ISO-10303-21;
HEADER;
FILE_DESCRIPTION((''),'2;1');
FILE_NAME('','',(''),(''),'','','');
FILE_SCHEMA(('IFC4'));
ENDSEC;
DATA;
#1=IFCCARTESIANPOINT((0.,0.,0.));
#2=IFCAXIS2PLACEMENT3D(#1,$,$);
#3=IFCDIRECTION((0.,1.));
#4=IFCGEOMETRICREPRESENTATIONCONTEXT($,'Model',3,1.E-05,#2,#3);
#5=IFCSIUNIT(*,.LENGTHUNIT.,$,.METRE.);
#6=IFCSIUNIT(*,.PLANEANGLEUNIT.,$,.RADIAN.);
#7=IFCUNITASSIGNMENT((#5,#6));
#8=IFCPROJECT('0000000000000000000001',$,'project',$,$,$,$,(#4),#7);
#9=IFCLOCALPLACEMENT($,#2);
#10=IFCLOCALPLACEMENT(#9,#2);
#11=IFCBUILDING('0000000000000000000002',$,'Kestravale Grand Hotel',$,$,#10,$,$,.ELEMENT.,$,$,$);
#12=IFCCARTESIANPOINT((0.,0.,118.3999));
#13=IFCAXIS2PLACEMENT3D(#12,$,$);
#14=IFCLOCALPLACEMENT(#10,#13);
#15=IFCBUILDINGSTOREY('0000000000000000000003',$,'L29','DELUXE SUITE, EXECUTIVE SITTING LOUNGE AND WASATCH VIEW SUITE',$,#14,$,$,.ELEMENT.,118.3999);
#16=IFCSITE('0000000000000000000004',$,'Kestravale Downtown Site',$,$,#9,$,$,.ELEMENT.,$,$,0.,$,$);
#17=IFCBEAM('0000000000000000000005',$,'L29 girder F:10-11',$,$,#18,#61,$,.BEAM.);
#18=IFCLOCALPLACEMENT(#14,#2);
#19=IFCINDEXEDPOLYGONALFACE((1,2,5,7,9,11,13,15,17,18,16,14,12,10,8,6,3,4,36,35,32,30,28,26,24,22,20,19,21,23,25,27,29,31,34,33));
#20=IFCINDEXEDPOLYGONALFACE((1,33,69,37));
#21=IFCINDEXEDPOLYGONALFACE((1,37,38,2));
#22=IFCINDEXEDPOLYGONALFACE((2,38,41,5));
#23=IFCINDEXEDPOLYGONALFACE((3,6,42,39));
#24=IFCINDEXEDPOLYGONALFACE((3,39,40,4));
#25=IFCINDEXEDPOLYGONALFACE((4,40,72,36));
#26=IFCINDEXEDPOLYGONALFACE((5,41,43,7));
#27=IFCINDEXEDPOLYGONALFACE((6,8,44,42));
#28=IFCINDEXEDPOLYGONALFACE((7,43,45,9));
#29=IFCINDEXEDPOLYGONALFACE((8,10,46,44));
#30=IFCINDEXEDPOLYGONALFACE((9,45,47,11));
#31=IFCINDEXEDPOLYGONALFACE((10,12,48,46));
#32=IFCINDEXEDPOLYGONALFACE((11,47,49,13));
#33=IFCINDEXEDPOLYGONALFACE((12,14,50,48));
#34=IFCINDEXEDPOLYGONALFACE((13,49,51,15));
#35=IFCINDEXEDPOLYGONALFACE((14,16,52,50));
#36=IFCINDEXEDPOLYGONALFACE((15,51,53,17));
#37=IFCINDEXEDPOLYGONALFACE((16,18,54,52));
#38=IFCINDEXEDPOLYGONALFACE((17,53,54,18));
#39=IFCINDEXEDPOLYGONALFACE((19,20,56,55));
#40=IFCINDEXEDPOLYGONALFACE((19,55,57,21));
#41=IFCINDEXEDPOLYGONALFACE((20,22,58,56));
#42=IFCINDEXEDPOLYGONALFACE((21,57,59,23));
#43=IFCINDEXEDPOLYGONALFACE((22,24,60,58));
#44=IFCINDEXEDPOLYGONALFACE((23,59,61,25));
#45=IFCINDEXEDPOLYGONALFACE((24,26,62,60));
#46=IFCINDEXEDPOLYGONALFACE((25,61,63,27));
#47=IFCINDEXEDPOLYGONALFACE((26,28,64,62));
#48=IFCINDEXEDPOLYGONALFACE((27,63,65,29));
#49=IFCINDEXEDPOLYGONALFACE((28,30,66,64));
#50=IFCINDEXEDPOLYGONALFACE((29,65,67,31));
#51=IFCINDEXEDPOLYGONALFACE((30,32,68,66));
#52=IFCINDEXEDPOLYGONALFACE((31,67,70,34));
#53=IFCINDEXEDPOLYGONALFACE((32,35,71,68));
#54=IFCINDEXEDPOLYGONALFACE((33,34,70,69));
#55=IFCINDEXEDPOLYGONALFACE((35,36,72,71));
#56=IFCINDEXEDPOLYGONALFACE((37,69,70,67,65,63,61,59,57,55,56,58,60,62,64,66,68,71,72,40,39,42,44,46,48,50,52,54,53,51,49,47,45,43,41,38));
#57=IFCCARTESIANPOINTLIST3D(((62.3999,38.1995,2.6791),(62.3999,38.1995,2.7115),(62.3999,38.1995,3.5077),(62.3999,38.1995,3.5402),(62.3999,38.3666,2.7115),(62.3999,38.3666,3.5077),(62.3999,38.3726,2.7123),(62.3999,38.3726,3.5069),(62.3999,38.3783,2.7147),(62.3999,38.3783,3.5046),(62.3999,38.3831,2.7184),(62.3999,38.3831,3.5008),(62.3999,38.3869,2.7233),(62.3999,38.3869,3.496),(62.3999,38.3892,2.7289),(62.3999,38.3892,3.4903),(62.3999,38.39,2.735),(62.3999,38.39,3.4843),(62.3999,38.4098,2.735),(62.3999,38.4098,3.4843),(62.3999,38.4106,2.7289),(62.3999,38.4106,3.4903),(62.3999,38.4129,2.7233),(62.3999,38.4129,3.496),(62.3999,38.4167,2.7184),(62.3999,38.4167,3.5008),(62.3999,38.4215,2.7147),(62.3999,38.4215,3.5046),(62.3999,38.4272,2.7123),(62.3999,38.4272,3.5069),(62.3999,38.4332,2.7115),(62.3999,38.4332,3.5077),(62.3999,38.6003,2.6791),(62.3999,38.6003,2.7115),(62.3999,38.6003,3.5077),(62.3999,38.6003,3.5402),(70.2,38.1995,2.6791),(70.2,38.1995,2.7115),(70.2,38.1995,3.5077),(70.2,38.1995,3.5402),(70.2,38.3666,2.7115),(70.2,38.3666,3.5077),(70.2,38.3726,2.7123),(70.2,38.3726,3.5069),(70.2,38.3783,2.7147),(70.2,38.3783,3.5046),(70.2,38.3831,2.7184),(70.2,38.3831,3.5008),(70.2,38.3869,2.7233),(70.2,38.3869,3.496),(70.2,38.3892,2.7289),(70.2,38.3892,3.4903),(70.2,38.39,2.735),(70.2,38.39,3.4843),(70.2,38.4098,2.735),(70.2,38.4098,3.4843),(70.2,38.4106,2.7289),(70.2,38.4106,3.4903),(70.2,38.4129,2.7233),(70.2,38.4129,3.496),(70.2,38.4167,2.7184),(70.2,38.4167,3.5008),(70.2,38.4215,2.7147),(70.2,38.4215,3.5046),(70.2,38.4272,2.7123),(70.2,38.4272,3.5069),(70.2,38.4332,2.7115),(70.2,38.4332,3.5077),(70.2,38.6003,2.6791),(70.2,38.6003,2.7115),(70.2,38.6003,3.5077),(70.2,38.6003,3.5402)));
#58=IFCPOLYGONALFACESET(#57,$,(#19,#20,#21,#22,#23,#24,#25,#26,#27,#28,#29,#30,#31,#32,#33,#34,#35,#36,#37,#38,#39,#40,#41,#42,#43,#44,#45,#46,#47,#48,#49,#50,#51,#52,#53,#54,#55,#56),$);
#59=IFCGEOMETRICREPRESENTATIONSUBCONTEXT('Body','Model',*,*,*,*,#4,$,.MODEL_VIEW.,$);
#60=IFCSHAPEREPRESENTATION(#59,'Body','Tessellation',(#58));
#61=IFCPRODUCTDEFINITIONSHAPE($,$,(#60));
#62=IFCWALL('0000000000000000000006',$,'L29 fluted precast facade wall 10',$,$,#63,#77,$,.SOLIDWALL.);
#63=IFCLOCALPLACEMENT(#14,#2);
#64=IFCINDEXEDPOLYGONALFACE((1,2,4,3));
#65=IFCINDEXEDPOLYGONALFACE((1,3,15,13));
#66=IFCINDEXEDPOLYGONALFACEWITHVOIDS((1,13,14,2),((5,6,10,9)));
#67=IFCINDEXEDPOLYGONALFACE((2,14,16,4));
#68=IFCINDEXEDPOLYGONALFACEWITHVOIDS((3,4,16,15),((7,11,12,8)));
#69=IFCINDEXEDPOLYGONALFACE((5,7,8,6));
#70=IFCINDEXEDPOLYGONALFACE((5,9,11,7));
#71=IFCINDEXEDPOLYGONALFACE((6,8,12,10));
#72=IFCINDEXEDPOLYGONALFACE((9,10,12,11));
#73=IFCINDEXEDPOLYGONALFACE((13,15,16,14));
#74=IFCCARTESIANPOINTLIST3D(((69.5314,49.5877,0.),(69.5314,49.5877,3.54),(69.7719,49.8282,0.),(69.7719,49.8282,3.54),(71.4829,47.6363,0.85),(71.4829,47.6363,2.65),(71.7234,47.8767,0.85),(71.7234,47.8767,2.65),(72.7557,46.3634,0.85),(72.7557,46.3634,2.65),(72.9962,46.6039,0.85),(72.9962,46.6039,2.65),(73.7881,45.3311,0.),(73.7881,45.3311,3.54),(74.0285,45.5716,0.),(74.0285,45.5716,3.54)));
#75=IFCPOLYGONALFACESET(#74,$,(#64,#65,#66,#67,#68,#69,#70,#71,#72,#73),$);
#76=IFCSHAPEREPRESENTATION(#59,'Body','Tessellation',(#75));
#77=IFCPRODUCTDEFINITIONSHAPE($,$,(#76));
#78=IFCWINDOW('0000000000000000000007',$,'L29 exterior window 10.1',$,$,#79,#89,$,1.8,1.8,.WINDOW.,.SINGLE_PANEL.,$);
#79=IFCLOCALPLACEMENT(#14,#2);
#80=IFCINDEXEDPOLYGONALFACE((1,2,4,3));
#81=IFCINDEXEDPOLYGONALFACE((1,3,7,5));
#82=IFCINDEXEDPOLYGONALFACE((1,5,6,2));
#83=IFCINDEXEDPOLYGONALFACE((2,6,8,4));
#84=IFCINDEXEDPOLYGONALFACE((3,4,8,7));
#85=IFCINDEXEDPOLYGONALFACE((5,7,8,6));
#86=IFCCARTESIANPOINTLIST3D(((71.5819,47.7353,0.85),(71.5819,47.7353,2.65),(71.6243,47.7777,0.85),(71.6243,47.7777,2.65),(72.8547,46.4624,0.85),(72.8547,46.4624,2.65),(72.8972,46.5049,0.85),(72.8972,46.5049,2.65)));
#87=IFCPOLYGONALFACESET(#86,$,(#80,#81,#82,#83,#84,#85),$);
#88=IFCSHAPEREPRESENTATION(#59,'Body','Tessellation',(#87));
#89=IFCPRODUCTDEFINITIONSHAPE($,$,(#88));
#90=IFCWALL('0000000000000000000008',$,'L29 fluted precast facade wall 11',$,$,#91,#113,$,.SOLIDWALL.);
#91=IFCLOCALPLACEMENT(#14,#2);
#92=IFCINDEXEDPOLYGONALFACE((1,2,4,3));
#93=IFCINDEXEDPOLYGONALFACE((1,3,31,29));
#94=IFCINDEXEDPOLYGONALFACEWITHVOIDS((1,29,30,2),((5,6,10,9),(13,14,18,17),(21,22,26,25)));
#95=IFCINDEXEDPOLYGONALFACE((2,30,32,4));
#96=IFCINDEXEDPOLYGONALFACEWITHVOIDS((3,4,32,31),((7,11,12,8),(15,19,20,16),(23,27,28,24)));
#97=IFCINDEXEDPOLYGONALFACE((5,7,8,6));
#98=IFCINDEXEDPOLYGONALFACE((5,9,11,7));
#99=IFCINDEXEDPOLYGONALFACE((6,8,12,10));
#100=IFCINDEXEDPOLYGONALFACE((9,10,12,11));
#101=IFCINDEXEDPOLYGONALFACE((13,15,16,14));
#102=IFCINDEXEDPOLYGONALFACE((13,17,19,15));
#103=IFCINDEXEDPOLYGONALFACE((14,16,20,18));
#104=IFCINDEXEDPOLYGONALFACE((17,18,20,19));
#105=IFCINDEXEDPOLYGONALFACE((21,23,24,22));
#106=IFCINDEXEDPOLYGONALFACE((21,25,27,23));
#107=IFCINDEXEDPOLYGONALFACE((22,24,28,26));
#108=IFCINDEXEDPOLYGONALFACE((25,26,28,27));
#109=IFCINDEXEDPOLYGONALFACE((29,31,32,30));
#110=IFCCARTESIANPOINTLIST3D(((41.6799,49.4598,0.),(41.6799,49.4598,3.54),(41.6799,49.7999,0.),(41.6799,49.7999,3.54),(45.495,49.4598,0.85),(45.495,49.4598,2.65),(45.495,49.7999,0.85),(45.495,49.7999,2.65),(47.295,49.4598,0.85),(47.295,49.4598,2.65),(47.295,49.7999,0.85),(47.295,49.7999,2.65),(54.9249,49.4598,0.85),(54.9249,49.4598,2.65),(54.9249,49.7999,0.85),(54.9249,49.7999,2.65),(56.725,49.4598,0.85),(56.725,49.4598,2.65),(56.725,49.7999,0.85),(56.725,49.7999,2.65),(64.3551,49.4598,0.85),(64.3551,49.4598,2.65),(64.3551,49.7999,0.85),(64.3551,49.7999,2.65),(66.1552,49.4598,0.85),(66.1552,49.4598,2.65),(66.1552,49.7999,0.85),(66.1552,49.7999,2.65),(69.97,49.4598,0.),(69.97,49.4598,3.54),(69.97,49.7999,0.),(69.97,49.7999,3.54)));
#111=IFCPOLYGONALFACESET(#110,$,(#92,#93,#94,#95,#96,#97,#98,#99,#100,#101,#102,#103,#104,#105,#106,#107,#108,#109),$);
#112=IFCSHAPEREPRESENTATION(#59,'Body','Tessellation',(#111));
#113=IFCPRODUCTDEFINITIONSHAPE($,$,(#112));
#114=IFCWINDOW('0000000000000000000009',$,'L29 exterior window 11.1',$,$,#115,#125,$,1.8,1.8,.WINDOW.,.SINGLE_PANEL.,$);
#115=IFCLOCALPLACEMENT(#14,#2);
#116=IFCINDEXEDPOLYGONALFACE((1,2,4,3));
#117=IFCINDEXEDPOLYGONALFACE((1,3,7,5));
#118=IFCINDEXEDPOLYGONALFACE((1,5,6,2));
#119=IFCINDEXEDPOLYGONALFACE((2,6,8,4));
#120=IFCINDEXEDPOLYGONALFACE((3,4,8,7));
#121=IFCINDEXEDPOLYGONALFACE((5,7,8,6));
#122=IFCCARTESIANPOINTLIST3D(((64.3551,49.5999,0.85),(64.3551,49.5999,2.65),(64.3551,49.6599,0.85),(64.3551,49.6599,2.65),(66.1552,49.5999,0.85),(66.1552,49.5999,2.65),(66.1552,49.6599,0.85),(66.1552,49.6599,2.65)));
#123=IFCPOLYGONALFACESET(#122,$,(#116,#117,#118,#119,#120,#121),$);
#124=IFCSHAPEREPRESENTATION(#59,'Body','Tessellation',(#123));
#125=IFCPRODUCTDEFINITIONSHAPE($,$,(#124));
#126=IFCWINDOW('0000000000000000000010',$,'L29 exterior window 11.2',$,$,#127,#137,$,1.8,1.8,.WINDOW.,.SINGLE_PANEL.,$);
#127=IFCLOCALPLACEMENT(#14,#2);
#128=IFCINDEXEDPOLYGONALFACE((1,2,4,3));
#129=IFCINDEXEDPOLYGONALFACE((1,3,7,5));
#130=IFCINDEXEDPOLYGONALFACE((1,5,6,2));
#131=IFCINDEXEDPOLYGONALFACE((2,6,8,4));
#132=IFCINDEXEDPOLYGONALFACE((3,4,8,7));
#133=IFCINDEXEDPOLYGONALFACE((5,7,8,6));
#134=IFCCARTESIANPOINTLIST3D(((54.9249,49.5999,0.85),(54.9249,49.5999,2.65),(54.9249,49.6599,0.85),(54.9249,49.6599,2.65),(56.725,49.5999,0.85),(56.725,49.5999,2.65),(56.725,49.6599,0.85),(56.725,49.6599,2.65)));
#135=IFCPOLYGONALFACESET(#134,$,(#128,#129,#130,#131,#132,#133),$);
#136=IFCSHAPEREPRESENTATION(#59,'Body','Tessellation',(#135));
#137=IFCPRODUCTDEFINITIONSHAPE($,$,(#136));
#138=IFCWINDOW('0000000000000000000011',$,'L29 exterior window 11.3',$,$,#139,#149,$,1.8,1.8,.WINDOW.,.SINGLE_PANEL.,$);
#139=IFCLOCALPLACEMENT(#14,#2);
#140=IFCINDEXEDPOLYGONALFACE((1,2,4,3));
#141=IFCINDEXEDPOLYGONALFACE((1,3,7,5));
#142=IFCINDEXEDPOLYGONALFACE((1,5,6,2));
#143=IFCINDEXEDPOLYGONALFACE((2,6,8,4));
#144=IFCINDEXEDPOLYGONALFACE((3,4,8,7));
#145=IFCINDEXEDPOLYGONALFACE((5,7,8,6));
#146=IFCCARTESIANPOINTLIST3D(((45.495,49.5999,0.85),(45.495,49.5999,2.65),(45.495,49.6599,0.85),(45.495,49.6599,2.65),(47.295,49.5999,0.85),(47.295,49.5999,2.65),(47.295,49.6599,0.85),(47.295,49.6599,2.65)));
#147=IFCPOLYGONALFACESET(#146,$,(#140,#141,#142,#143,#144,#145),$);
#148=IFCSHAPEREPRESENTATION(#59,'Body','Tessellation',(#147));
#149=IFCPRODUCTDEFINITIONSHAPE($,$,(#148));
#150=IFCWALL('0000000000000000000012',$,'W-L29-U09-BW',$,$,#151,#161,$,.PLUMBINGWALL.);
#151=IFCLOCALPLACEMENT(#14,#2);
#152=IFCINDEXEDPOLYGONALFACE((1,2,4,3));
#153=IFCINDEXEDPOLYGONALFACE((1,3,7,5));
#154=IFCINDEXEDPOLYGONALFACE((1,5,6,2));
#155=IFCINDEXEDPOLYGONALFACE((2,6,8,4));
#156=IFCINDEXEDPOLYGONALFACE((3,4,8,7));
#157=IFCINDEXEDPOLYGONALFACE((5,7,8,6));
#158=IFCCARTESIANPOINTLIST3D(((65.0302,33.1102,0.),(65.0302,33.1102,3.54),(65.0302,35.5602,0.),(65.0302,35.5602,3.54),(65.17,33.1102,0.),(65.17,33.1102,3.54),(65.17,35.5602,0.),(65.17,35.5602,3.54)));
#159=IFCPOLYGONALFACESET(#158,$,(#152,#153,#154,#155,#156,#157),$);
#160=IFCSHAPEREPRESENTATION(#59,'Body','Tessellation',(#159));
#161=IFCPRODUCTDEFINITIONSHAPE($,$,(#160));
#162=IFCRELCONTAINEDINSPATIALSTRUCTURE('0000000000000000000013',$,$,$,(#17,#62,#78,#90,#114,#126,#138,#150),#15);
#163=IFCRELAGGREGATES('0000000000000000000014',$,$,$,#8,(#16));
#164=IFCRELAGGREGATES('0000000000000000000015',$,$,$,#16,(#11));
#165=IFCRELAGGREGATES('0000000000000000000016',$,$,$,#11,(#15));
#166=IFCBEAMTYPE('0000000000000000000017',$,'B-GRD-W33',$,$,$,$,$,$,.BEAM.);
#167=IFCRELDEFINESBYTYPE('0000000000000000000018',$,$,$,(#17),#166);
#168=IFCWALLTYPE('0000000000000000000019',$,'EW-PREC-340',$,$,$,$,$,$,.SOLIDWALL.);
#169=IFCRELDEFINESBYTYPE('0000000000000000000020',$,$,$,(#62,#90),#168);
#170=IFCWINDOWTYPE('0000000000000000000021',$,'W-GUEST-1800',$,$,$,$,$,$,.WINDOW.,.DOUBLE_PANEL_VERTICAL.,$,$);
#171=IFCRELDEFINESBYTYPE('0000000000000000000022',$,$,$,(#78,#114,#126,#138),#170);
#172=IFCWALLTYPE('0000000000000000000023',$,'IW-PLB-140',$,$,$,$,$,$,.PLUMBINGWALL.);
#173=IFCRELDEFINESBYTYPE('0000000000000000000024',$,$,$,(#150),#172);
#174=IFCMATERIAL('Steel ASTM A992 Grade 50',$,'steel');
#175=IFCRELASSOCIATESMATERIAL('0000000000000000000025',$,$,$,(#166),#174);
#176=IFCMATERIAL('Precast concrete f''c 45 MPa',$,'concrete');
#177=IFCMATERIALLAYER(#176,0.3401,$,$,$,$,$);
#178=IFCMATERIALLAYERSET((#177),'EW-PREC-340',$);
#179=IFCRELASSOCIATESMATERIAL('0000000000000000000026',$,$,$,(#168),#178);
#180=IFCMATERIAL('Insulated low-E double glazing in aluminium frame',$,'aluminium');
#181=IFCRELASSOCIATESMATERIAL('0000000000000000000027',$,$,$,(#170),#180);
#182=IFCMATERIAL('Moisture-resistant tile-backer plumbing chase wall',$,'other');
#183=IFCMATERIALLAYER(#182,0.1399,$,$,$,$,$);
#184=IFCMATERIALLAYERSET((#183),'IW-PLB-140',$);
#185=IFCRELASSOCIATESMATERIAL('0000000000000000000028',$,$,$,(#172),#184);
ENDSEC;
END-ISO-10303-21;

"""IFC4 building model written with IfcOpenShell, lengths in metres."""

from ifc_helpers import new_model, si_unit, direction, frame, frame_2d, origin, origin_2d, place, context, subcontext, project, spatial, rectangle, i_section, extrude, material, layer, layer_set, material_profile, profile_set, type_object, element, fill, save


model = new_model("IFC4")

# Units and contexts
model_context = context("Model", 3, precision=1e-05, world=origin(), true_north=direction((0.0, 1.0)))
body_context = subcontext(model_context, "Body", "Model", "MODEL_VIEW")
ifc_project = project(units=[si_unit("LENGTHUNIT", "METRE"), si_unit("PLANEANGLEUNIT", "RADIAN")], contexts=[model_context])

# Site, building, storey
site_placement = place(None, origin())
site = spatial("IfcSite", under=ifc_project, at=site_placement, Name="Kestravale Downtown Site", CompositionType="ELEMENT", RefElevation=0.0)
building_placement = place(site_placement, origin())
building = spatial("IfcBuilding", under=site, at=building_placement, Name="Kestravale Grand Hotel", CompositionType="ELEMENT")
storey_placement = place(building_placement, frame((0.0, 0.0, 118.3999)))
storey = spatial("IfcBuildingStorey", under=building, at=storey_placement, Name="L29", Description="DELUXE SUITE, EXECUTIVE SITTING LOUNGE AND WASATCH VIEW SUITE", CompositionType="ELEMENT", Elevation=118.3999)

# Beam
ifc_material_1 = material(Name="Steel ASTM A992 Grade 50", Category="steel")
ifc_material_profile_1 = material_profile(ifc_material_1, i_section(OverallWidth=0.4009, OverallDepth=0.8611, WebThickness=0.0198, FlangeThickness=0.0325, FilletRadius=0.0234, at=origin_2d()))
ifc_profile_set_1 = profile_set([ifc_material_profile_1], Name="Steel ASTM A992 Grade 50")
beam_type_1 = type_object("IfcBeamType", Name="B-GRD-W33", PredefinedType="BEAM", material=ifc_profile_set_1)
beam_1_placement = place(storey_placement, frame((62.3999, 38.3999, 3.1096), z_axis=(1.0, 0.0, 0.0), x_axis=(0.0, 1.0, 0.0)))
element("IfcBeam", 1, at=beam_1_placement, inside=storey, type_object=beam_type_1, Name="L29 girder F:10-11", PredefinedType="BEAM", context=body_context, shape_type="SweptSolid", body=[
    extrude(i_section(OverallWidth=0.4009, OverallDepth=0.8611, WebThickness=0.0198, FlangeThickness=0.0325, FilletRadius=0.0234, at=origin_2d()), origin(), (0.0, 0.0, 1.0), 7.8),
])

# Wall, opening, window
ifc_material_2 = material(Name="Precast concrete f'c 45 MPa", Category="concrete")
ifc_layer_1 = layer(ifc_material_2, 0.3401)
ifc_layer_set_1 = layer_set([ifc_layer_1], Name="EW-PREC-340")
wall_type_1 = type_object("IfcWallType", Name="EW-PREC-340", PredefinedType="SOLIDWALL", material=ifc_layer_set_1)
wall_1_placement = place(storey_placement, frame((73.9082, 45.4514, 0.0), z_axis=(0.0, 0.0, 1.0), x_axis=(-0.707107, 0.707107, 0.0)))
wall_1 = element("IfcWall", 2, at=wall_1_placement, inside=storey, type_object=wall_type_1, Name="L29 fluted precast facade wall 10", PredefinedType="SOLIDWALL", context=body_context, shape_type="SweptSolid", body=[
    extrude(rectangle(XDim=6.0198, YDim=0.3401, at=frame_2d((3.0098, 0.0))), origin(), (0.0, 0.0, 1.0), 3.54),
])
opening_1_placement = place(wall_1_placement, frame((1.46, 0.0, 0.8501)))
opening_1 = element("IfcOpeningElement", 3, at=opening_1_placement, cuts=wall_1, PredefinedType="OPENING", context=body_context, shape_type="SweptSolid", body=[
    extrude(rectangle(XDim=1.8, YDim=1.8, at=frame_2d((0.8999, 0.8999))), frame((0.0, 0.1799, 0.0), z_axis=(0.0, -1.0, 0.0), x_axis=(1.0, 0.0, 0.0)), (0.0, 0.0, 1.0), 0.3601),
])
ifc_material_3 = material(Name="Insulated low-E double glazing in aluminium frame", Category="aluminium")
window_type = type_object("IfcWindowType", Name="W-GUEST-1800", PartitioningType="DOUBLE_PANEL_VERTICAL", PredefinedType="WINDOW", material=ifc_material_3)
window_1_placement = place(opening_1_placement, origin())
window_1 = element("IfcWindow", 4, at=window_1_placement, inside=storey, type_object=window_type, Name="L29 exterior window 10.1", OverallHeight=1.8, OverallWidth=1.8, PartitioningType="SINGLE_PANEL", PredefinedType="WINDOW", context=body_context, shape_type="SweptSolid", body=[
    extrude(rectangle(XDim=1.8, YDim=1.8, at=frame_2d((0.8999, 0.8999))), frame((0.0, 0.03, 0.0), z_axis=(0.0, -1.0, 0.0), x_axis=(1.0, 0.0, 0.0)), (0.0, 0.0, 1.0), 0.0601),
])
fill(opening_1, window_1)

# Wall, openings, windows
wall_2_placement = place(storey_placement, frame((69.97, 49.6299, 0.0), z_axis=(0.0, 0.0, 1.0), x_axis=(-1.0, 0.0, 0.0)))
wall_2 = element("IfcWall", 5, at=wall_2_placement, inside=storey, type_object=wall_type_1, Name="L29 fluted precast facade wall 11", PredefinedType="SOLIDWALL", context=body_context, shape_type="SweptSolid", body=[
    extrude(rectangle(XDim=28.29, YDim=0.3401, at=frame_2d((14.145, 0.0))), origin(), (0.0, 0.0, 1.0), 3.54),
])
opening_2_placement = place(wall_2_placement, frame((3.8149, 0.0, 0.8501)))
opening_2 = element("IfcOpeningElement", 6, at=opening_2_placement, cuts=wall_2, PredefinedType="OPENING", context=body_context, shape_type="SweptSolid", body=[
    extrude(rectangle(XDim=1.8, YDim=1.8, at=frame_2d((0.8999, 0.8999))), frame((0.0, 0.1799, 0.0), z_axis=(0.0, -1.0, 0.0), x_axis=(1.0, 0.0, 0.0)), (0.0, 0.0, 1.0), 0.3601),
])
opening_3_placement = place(wall_2_placement, frame((13.2451, 0.0, 0.8501)))
opening_3 = element("IfcOpeningElement", 7, at=opening_3_placement, cuts=wall_2, PredefinedType="OPENING", context=body_context, shape_type="SweptSolid", body=[
    extrude(rectangle(XDim=1.8, YDim=1.8, at=frame_2d((0.8999, 0.8999))), frame((0.0, 0.1799, 0.0), z_axis=(0.0, -1.0, 0.0), x_axis=(1.0, 0.0, 0.0)), (0.0, 0.0, 1.0), 0.3601),
])
opening_4_placement = place(wall_2_placement, frame((22.675, 0.0, 0.8501)))
opening_4 = element("IfcOpeningElement", 8, at=opening_4_placement, cuts=wall_2, PredefinedType="OPENING", context=body_context, shape_type="SweptSolid", body=[
    extrude(rectangle(XDim=1.8, YDim=1.8, at=frame_2d((0.8999, 0.8999))), frame((0.0, 0.1799, 0.0), z_axis=(0.0, -1.0, 0.0), x_axis=(1.0, 0.0, 0.0)), (0.0, 0.0, 1.0), 0.3601),
])
window_2_placement = place(opening_2_placement, origin())
window_2 = element("IfcWindow", 9, at=window_2_placement, inside=storey, type_object=window_type, Name="L29 exterior window 11.1", OverallHeight=1.8, OverallWidth=1.8, PartitioningType="SINGLE_PANEL", PredefinedType="WINDOW", context=body_context, shape_type="SweptSolid", body=[
    extrude(rectangle(XDim=1.8, YDim=1.8, at=frame_2d((0.8999, 0.8999))), frame((0.0, 0.03, 0.0), z_axis=(0.0, -1.0, 0.0), x_axis=(1.0, 0.0, 0.0)), (0.0, 0.0, 1.0), 0.0601),
])
fill(opening_2, window_2)
window_3_placement = place(opening_3_placement, origin())
window_3 = element("IfcWindow", 10, at=window_3_placement, inside=storey, type_object=window_type, Name="L29 exterior window 11.2", OverallHeight=1.8, OverallWidth=1.8, PartitioningType="SINGLE_PANEL", PredefinedType="WINDOW", context=body_context, shape_type="SweptSolid", body=[
    extrude(rectangle(XDim=1.8, YDim=1.8, at=frame_2d((0.8999, 0.8999))), frame((0.0, 0.03, 0.0), z_axis=(0.0, -1.0, 0.0), x_axis=(1.0, 0.0, 0.0)), (0.0, 0.0, 1.0), 0.0601),
])
fill(opening_3, window_3)
window_4_placement = place(opening_4_placement, origin())
window_4 = element("IfcWindow", 11, at=window_4_placement, inside=storey, type_object=window_type, Name="L29 exterior window 11.3", OverallHeight=1.8, OverallWidth=1.8, PartitioningType="SINGLE_PANEL", PredefinedType="WINDOW", context=body_context, shape_type="SweptSolid", body=[
    extrude(rectangle(XDim=1.8, YDim=1.8, at=frame_2d((0.8999, 0.8999))), frame((0.0, 0.03, 0.0), z_axis=(0.0, -1.0, 0.0), x_axis=(1.0, 0.0, 0.0)), (0.0, 0.0, 1.0), 0.0601),
])
fill(opening_4, window_4)

# Wall
ifc_material_4 = material(Name="Moisture-resistant tile-backer plumbing chase wall", Category="other")
ifc_layer_2 = layer(ifc_material_4, 0.1399)
ifc_layer_set_2 = layer_set([ifc_layer_2], Name="IW-PLB-140")
wall_type_2 = type_object("IfcWallType", Name="IW-PLB-140", PredefinedType="PLUMBINGWALL", material=ifc_layer_set_2)
wall_3_placement = place(storey_placement, frame((65.1001, 33.1101, 0.0), z_axis=(0.0, 0.0, 1.0), x_axis=(0.0, 1.0, 0.0)))
element("IfcWall", 12, at=wall_3_placement, inside=storey, type_object=wall_type_2, Name="W-L29-U09-BW", PredefinedType="PLUMBINGWALL", context=body_context, shape_type="SweptSolid", body=[
    extrude(rectangle(XDim=2.45, YDim=0.1399, at=frame_2d((1.2251, 0.0))), origin(), (0.0, 0.0, 1.0), 3.54),
])

save(model, "model.ifc")
